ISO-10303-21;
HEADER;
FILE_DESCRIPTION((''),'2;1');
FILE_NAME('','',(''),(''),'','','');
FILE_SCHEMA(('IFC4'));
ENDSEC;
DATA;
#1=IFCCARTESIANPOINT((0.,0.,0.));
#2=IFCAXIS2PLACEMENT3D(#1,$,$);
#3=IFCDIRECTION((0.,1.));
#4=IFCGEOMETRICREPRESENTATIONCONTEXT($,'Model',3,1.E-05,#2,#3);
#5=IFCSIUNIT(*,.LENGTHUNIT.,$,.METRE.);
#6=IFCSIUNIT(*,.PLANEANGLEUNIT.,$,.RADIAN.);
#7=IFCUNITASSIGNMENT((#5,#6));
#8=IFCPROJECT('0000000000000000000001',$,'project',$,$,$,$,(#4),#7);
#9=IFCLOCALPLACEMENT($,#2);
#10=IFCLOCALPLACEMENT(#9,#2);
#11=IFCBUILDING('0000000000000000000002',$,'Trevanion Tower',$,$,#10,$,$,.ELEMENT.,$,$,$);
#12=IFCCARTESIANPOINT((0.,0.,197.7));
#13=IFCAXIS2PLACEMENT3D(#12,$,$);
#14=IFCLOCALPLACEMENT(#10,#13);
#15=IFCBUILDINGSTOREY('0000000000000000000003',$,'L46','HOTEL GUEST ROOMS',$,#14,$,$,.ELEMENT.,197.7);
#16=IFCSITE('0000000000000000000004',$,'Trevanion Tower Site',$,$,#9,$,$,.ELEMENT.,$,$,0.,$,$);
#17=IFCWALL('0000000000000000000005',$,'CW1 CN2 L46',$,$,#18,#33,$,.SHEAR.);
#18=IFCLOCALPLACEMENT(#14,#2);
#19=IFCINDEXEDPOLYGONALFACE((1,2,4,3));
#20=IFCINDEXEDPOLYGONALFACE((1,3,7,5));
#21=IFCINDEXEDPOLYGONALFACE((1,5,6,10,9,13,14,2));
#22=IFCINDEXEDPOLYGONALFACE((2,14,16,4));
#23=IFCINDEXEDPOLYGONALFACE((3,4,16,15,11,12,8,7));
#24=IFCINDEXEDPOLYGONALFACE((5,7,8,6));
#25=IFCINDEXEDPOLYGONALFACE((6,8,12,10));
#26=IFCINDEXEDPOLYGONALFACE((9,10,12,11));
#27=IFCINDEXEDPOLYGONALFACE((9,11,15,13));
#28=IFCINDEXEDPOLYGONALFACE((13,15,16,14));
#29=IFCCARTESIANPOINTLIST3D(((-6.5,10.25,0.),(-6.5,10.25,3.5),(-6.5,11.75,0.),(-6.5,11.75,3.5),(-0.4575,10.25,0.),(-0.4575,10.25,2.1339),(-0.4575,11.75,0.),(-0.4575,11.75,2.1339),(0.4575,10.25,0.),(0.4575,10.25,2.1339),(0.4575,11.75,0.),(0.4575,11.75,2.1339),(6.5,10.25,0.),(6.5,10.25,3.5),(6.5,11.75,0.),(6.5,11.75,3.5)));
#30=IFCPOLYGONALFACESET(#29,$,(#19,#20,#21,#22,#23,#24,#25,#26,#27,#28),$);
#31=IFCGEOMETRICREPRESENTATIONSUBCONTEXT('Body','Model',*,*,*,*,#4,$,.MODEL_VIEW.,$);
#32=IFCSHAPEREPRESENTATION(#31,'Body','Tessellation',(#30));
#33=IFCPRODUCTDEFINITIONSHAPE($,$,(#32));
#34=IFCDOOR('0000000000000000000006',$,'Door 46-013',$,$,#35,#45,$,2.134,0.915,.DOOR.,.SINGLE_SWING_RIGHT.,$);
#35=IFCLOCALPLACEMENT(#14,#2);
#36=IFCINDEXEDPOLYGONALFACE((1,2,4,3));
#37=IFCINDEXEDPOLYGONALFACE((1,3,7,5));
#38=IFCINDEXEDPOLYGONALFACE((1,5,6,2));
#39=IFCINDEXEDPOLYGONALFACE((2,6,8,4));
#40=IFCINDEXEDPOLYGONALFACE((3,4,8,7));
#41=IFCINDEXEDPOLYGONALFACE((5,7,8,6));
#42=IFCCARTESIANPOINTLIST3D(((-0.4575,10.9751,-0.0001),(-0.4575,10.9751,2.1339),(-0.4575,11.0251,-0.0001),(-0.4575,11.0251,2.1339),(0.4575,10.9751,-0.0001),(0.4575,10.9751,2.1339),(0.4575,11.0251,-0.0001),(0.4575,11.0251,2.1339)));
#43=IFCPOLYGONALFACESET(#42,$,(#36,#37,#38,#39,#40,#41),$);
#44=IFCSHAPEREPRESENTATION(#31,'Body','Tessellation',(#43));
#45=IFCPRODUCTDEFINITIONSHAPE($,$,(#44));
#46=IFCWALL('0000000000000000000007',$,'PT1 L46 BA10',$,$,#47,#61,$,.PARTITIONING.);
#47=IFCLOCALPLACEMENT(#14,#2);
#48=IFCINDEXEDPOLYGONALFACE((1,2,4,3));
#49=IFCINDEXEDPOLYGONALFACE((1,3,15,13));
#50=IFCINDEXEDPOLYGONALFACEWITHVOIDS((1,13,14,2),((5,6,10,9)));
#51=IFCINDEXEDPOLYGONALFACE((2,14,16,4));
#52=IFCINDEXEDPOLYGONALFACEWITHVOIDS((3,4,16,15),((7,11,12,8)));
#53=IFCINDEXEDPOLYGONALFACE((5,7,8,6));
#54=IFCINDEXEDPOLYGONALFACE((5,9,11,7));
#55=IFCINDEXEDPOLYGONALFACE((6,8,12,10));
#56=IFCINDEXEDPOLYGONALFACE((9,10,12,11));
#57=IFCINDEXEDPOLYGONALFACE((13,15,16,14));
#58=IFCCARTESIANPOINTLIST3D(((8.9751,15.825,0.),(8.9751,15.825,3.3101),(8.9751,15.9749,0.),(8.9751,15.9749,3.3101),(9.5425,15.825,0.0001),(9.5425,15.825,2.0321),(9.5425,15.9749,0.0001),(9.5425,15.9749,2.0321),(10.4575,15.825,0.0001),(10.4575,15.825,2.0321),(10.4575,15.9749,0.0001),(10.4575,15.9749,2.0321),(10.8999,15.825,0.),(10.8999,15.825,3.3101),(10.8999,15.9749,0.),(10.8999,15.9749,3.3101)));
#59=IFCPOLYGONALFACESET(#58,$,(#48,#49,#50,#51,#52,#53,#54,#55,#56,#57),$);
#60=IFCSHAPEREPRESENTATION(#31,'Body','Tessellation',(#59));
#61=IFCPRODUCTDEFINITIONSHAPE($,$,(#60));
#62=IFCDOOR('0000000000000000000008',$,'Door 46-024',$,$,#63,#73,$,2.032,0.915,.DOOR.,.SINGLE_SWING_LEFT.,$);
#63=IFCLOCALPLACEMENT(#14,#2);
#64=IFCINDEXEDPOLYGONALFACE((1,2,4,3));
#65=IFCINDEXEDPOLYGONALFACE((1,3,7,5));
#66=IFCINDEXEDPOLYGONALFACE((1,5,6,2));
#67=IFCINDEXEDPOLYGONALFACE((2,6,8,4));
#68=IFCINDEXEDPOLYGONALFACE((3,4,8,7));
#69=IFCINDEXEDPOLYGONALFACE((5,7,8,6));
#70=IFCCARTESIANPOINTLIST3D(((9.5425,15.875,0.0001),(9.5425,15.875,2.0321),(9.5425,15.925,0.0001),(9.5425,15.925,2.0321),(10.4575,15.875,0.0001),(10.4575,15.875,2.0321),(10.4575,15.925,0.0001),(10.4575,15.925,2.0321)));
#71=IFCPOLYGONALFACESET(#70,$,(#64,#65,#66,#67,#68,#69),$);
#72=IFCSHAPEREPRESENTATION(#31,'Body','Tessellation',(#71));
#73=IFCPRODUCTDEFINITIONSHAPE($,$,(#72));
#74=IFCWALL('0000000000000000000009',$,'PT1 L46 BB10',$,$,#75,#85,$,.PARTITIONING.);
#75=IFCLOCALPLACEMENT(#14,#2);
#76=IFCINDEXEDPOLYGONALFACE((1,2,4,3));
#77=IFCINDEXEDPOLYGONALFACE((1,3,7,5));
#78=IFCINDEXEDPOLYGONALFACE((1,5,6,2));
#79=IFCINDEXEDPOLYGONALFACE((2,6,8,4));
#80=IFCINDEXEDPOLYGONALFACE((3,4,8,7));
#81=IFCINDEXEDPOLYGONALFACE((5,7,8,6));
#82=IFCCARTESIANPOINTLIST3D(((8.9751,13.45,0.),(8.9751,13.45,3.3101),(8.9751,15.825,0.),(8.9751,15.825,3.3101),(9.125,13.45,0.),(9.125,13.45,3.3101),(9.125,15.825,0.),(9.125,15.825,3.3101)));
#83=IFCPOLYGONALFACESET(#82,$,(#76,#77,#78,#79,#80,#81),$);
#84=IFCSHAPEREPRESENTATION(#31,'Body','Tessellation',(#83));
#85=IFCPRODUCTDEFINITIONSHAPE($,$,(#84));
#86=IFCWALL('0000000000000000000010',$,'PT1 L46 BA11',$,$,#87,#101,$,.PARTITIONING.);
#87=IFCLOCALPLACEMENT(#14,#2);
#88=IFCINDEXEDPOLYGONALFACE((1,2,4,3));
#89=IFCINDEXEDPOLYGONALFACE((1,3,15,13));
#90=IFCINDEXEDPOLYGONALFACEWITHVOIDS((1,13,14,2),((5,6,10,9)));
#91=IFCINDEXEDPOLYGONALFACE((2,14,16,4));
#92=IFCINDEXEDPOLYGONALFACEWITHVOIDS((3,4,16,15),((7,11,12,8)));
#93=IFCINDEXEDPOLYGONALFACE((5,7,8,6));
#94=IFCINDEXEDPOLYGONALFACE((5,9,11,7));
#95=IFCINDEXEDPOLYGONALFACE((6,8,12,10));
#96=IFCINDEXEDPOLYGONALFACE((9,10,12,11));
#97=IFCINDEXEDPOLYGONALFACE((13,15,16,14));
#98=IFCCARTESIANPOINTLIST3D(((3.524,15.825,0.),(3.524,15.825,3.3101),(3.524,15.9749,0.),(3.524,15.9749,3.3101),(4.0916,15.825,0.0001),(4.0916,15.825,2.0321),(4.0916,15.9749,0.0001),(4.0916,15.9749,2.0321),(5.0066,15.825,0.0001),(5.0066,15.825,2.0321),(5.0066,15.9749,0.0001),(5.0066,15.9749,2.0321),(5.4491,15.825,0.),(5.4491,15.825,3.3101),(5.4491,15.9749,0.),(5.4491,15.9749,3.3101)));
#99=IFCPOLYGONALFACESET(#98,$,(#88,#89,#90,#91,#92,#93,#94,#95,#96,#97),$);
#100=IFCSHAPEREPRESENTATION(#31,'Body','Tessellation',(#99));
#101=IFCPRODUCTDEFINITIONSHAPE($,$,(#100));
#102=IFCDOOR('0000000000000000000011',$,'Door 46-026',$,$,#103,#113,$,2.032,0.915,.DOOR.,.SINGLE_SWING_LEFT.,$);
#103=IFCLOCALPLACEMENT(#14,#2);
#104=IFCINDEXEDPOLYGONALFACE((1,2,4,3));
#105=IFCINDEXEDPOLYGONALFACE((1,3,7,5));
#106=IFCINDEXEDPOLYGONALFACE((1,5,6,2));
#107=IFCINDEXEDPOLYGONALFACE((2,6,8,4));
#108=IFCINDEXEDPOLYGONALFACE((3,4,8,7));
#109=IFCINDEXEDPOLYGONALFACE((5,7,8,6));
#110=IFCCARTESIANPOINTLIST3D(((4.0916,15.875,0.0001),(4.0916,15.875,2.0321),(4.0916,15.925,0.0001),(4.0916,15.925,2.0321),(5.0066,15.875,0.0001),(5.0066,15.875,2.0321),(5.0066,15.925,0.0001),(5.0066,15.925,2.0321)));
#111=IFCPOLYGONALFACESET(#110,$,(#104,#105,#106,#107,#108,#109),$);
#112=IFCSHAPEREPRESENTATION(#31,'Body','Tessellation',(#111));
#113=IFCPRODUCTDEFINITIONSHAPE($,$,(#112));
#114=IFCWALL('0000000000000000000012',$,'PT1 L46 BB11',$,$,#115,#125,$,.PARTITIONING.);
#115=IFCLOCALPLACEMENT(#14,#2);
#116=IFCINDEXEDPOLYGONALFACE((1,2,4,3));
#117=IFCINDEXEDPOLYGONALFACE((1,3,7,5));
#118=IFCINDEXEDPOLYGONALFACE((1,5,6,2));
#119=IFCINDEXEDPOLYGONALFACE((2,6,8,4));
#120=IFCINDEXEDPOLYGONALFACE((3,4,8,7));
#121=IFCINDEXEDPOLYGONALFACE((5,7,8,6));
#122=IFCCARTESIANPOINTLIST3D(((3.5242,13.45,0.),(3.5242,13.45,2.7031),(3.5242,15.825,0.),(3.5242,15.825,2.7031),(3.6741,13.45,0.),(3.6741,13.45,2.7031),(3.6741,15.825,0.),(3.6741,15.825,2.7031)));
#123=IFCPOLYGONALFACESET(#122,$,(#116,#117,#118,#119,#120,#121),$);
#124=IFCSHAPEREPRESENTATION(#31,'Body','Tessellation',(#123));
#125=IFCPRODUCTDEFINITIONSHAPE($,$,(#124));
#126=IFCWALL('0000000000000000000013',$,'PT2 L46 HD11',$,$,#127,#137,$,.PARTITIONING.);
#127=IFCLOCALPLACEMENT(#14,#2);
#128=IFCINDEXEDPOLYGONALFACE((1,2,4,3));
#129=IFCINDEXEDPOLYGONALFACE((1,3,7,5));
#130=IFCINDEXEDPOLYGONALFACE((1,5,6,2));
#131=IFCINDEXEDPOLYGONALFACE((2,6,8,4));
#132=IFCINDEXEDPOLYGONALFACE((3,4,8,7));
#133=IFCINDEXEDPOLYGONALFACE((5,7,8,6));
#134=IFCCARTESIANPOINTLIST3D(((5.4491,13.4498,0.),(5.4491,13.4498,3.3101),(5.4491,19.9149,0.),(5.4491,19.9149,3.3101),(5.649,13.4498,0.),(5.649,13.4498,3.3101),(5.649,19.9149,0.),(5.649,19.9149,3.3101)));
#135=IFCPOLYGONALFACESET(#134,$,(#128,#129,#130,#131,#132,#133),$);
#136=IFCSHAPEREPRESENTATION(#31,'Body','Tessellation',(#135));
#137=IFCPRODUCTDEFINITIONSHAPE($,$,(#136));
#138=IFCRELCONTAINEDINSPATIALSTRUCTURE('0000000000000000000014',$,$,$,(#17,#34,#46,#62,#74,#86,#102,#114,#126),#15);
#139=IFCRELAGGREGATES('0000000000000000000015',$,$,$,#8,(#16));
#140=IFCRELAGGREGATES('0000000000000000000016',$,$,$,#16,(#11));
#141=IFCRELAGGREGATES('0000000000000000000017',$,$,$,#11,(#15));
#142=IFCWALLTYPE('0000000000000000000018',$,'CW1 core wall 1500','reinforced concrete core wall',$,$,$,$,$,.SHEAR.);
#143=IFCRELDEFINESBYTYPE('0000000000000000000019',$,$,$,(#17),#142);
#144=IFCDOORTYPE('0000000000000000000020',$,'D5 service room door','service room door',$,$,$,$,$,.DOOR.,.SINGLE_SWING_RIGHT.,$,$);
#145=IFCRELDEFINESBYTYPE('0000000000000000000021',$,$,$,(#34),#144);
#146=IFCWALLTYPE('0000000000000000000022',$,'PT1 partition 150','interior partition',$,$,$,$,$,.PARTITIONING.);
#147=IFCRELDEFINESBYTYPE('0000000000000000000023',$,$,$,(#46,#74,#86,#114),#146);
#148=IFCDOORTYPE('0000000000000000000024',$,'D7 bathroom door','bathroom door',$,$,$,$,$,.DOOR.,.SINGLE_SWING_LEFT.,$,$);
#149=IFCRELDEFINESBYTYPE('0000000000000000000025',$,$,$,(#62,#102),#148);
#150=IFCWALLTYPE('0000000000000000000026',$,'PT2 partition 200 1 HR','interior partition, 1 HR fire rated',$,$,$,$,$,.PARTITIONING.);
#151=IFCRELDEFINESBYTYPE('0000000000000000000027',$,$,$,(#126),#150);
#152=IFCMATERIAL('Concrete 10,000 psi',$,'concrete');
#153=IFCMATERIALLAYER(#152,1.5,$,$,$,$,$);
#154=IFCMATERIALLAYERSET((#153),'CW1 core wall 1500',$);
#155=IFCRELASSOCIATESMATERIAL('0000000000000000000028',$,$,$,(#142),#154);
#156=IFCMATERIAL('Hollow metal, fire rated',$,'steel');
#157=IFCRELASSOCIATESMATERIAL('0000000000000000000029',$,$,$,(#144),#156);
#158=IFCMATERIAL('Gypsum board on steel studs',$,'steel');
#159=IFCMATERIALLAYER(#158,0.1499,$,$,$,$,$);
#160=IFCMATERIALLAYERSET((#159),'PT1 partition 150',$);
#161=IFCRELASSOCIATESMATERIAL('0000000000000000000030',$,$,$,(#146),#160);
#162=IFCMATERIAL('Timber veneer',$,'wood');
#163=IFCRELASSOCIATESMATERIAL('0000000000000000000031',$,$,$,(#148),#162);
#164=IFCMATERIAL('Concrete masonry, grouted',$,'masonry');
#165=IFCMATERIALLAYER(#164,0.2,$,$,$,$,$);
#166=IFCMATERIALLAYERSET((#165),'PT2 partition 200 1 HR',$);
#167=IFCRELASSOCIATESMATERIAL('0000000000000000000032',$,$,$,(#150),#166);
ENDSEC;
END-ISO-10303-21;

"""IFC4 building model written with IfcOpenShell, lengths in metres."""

from ifc_helpers import new_model, si_unit, direction, frame, frame_2d, origin, place, context, subcontext, project, spatial, rectangle, extrude, material, layer, layer_set, type_object, element, fill, save


model = new_model("IFC4")

# Units and contexts
model_context = context("Model", 3, precision=1e-05, world=origin(), true_north=direction((0.0, 1.0)))
body_context = subcontext(model_context, "Body", "Model", "MODEL_VIEW")
ifc_project = project(units=[si_unit("LENGTHUNIT", "METRE"), si_unit("PLANEANGLEUNIT", "RADIAN")], contexts=[model_context])

# Site, building, storey
site_placement = place(None, origin())
site = spatial("IfcSite", under=ifc_project, at=site_placement, Name="Trevanion Tower Site", CompositionType="ELEMENT", RefElevation=0.0)
building_placement = place(site_placement, origin())
building = spatial("IfcBuilding", under=site, at=building_placement, Name="Trevanion Tower", CompositionType="ELEMENT")
storey_placement = place(building_placement, frame((0.0, 0.0, 197.7)))
storey = spatial("IfcBuildingStorey", under=building, at=storey_placement, Name="L46", Description="HOTEL GUEST ROOMS", CompositionType="ELEMENT", Elevation=197.7)

# Shared definitions
ifc_material_1 = material(Name="Concrete 10,000 psi", Category="concrete")
ifc_layer_1 = layer(ifc_material_1, 1.5)
ifc_layer_set_1 = layer_set([ifc_layer_1], Name="CW1 core wall 1500")
wall_type_1 = type_object("IfcWallType", Name="CW1 core wall 1500", Description="reinforced concrete core wall", PredefinedType="SHEAR", material=ifc_layer_set_1)

# Walls, openings, doors
wall_1_placement = place(storey_placement, frame((6.5, 11.0, 0.0), z_axis=(0.0, 0.0, 1.0), x_axis=(-1.0, 0.0, 0.0)))
wall_1 = element("IfcWall", 1, at=wall_1_placement, inside=storey, type_object=wall_type_1, Name="CW1 CN2 L46", PredefinedType="SHEAR", context=body_context, shape_type="SweptSolid", body=[
    extrude(rectangle(XDim=13.0, YDim=1.5, at=frame_2d((6.5, 0.0))), origin(), (0.0, 0.0, 1.0), 3.5),
])
opening_1_placement = place(wall_1_placement, frame((6.0425, 0.0, 0.0)))
opening_1 = element("IfcOpeningElement", 2, at=opening_1_placement, cuts=wall_1, PredefinedType="OPENING", context=body_context, shape_type="SweptSolid", body=[
    extrude(rectangle(XDim=0.915, YDim=2.134, at=frame_2d((0.4575, 1.0669))), frame((0.0, 0.76, 0.0), z_axis=(0.0, -1.0, 0.0), x_axis=(1.0, 0.0, 0.0)), (0.0, 0.0, 1.0), 1.52),
])
ifc_material_2 = material(Name="Hollow metal, fire rated", Category="steel")
door_type_1 = type_object("IfcDoorType", Name="D5 service room door", Description="service room door", OperationType="SINGLE_SWING_RIGHT", PredefinedType="DOOR", material=ifc_material_2)
door_1_placement = place(opening_1_placement, origin())
door_1 = element("IfcDoor", 3, at=door_1_placement, inside=storey, type_object=door_type_1, Name="Door 46-013", OperationType="SINGLE_SWING_RIGHT", OverallHeight=2.134, OverallWidth=0.915, PredefinedType="DOOR", context=body_context, shape_type="SweptSolid", body=[
    extrude(rectangle(XDim=0.915, YDim=2.134, at=frame_2d((0.4575, 1.0669))), frame((0.0, 0.0249, 0.0), z_axis=(0.0, -1.0, 0.0), x_axis=(1.0, 0.0, 0.0)), (0.0, 0.0, 1.0), 0.05),
])
fill(opening_1, door_1)
ifc_material_3 = material(Name="Gypsum board on steel studs", Category="steel")
ifc_layer_2 = layer(ifc_material_3, 0.1499)
ifc_layer_set_2 = layer_set([ifc_layer_2], Name="PT1 partition 150")
wall_type_2 = type_object("IfcWallType", Name="PT1 partition 150", Description="interior partition", PredefinedType="PARTITIONING", material=ifc_layer_set_2)
wall_2_placement = place(storey_placement, frame((10.8999, 15.8999, 0.0), z_axis=(0.0, 0.0, 1.0), x_axis=(-1.0, 0.0, 0.0)))
wall_2 = element("IfcWall", 4, at=wall_2_placement, inside=storey, type_object=wall_type_2, Name="PT1 L46 BA10", PredefinedType="PARTITIONING", context=body_context, shape_type="SweptSolid", body=[
    extrude(rectangle(XDim=1.9248, YDim=0.1499, at=frame_2d((0.9624, 0.0))), origin(), (0.0, 0.0, 1.0), 3.3101),
])
opening_2_placement = place(wall_2_placement, frame((0.4424, 0.0, 0.0)))
opening_2 = element("IfcOpeningElement", 5, at=opening_2_placement, cuts=wall_2, PredefinedType="OPENING", context=body_context, shape_type="SweptSolid", body=[
    extrude(rectangle(XDim=0.915, YDim=2.032, at=frame_2d((0.4575, 1.0161))), frame((0.0, 0.085, 0.0), z_axis=(0.0, -1.0, 0.0), x_axis=(1.0, 0.0, 0.0)), (0.0, 0.0, 1.0), 0.1699),
])
ifc_material_4 = material(Name="Timber veneer", Category="wood")
door_type_2 = type_object("IfcDoorType", Name="D7 bathroom door", Description="bathroom door", OperationType="SINGLE_SWING_LEFT", PredefinedType="DOOR", material=ifc_material_4)
door_2_placement = place(opening_2_placement, origin())
door_2 = element("IfcDoor", 6, at=door_2_placement, inside=storey, type_object=door_type_2, Name="Door 46-024", OperationType="SINGLE_SWING_LEFT", OverallHeight=2.032, OverallWidth=0.915, PredefinedType="DOOR", context=body_context, shape_type="SweptSolid", body=[
    extrude(rectangle(XDim=0.915, YDim=2.032, at=frame_2d((0.4575, 1.0161))), frame((0.0, 0.0249, 0.0), z_axis=(0.0, -1.0, 0.0), x_axis=(1.0, 0.0, 0.0)), (0.0, 0.0, 1.0), 0.05),
])
fill(opening_2, door_2)

# Wall
wall_3_placement = place(storey_placement, frame((9.05, 13.45, 0.0), z_axis=(0.0, 0.0, 1.0), x_axis=(0.0, 1.0, 0.0)))
element("IfcWall", 7, at=wall_3_placement, inside=storey, type_object=wall_type_2, Name="PT1 L46 BB10", PredefinedType="PARTITIONING", context=body_context, shape_type="SweptSolid", body=[
    extrude(rectangle(XDim=2.375, YDim=0.1499, at=frame_2d((1.1875, 0.0))), origin(), (0.0, 0.0, 1.0), 3.3101),
])

# Wall, opening, door
wall_4_placement = place(storey_placement, frame((5.449, 15.8999, 0.0), z_axis=(0.0, 0.0, 1.0), x_axis=(-1.0, 0.0, 0.0)))
wall_4 = element("IfcWall", 8, at=wall_4_placement, inside=storey, type_object=wall_type_2, Name="PT1 L46 BA11", PredefinedType="PARTITIONING", context=body_context, shape_type="SweptSolid", body=[
    extrude(rectangle(XDim=1.925, YDim=0.1499, at=frame_2d((0.9624, 0.0))), origin(), (0.0, 0.0, 1.0), 3.3101),
])
opening_3_placement = place(wall_4_placement, frame((0.4424, 0.0, 0.0)))
opening_3 = element("IfcOpeningElement", 9, at=opening_3_placement, cuts=wall_4, PredefinedType="OPENING", context=body_context, shape_type="SweptSolid", body=[
    extrude(rectangle(XDim=0.915, YDim=2.032, at=frame_2d((0.4575, 1.0161))), frame((0.0, 0.085, 0.0), z_axis=(0.0, -1.0, 0.0), x_axis=(1.0, 0.0, 0.0)), (0.0, 0.0, 1.0), 0.1699),
])
door_3_placement = place(opening_3_placement, origin())
door_3 = element("IfcDoor", 10, at=door_3_placement, inside=storey, type_object=door_type_2, Name="Door 46-026", OperationType="SINGLE_SWING_LEFT", OverallHeight=2.032, OverallWidth=0.915, PredefinedType="DOOR", context=body_context, shape_type="SweptSolid", body=[
    extrude(rectangle(XDim=0.915, YDim=2.032, at=frame_2d((0.4575, 1.0161))), frame((0.0, 0.0249, 0.0), z_axis=(0.0, -1.0, 0.0), x_axis=(1.0, 0.0, 0.0)), (0.0, 0.0, 1.0), 0.05),
])
fill(opening_3, door_3)

# Walls
wall_5_placement = place(storey_placement, frame((3.5991, 13.45, 0.0), z_axis=(0.0, 0.0, 1.0), x_axis=(0.0, 1.0, 0.0)))
element("IfcWall", 11, at=wall_5_placement, inside=storey, type_object=wall_type_2, Name="PT1 L46 BB11", PredefinedType="PARTITIONING", context=body_context, shape_type="SweptSolid", body=[
    extrude(rectangle(XDim=2.375, YDim=0.1499, at=frame_2d((1.1875, 0.0))), origin(), (0.0, 0.0, 1.0), 2.7031),
])
ifc_material_5 = material(Name="Concrete masonry, grouted", Category="masonry")
ifc_layer_3 = layer(ifc_material_5, 0.2)
ifc_layer_set_3 = layer_set([ifc_layer_3], Name="PT2 partition 200 1 HR")
wall_type_3 = type_object("IfcWallType", Name="PT2 partition 200 1 HR", Description="interior partition, 1 HR fire rated", PredefinedType="PARTITIONING", material=ifc_layer_set_3)
wall_6_placement = place(storey_placement, frame((5.5491, 13.45, 0.0), z_axis=(0.0, 0.0, 1.0), x_axis=(0.0, 1.0, 0.0)))
element("IfcWall", 12, at=wall_6_placement, inside=storey, type_object=wall_type_3, Name="PT2 L46 HD11", PredefinedType="PARTITIONING", context=body_context, shape_type="SweptSolid", body=[
    extrude(rectangle(XDim=6.4651, YDim=0.2, at=frame_2d((3.2324, 0.0))), origin(), (0.0, 0.0, 1.0), 3.3101),
])

save(model, "model.ifc")
